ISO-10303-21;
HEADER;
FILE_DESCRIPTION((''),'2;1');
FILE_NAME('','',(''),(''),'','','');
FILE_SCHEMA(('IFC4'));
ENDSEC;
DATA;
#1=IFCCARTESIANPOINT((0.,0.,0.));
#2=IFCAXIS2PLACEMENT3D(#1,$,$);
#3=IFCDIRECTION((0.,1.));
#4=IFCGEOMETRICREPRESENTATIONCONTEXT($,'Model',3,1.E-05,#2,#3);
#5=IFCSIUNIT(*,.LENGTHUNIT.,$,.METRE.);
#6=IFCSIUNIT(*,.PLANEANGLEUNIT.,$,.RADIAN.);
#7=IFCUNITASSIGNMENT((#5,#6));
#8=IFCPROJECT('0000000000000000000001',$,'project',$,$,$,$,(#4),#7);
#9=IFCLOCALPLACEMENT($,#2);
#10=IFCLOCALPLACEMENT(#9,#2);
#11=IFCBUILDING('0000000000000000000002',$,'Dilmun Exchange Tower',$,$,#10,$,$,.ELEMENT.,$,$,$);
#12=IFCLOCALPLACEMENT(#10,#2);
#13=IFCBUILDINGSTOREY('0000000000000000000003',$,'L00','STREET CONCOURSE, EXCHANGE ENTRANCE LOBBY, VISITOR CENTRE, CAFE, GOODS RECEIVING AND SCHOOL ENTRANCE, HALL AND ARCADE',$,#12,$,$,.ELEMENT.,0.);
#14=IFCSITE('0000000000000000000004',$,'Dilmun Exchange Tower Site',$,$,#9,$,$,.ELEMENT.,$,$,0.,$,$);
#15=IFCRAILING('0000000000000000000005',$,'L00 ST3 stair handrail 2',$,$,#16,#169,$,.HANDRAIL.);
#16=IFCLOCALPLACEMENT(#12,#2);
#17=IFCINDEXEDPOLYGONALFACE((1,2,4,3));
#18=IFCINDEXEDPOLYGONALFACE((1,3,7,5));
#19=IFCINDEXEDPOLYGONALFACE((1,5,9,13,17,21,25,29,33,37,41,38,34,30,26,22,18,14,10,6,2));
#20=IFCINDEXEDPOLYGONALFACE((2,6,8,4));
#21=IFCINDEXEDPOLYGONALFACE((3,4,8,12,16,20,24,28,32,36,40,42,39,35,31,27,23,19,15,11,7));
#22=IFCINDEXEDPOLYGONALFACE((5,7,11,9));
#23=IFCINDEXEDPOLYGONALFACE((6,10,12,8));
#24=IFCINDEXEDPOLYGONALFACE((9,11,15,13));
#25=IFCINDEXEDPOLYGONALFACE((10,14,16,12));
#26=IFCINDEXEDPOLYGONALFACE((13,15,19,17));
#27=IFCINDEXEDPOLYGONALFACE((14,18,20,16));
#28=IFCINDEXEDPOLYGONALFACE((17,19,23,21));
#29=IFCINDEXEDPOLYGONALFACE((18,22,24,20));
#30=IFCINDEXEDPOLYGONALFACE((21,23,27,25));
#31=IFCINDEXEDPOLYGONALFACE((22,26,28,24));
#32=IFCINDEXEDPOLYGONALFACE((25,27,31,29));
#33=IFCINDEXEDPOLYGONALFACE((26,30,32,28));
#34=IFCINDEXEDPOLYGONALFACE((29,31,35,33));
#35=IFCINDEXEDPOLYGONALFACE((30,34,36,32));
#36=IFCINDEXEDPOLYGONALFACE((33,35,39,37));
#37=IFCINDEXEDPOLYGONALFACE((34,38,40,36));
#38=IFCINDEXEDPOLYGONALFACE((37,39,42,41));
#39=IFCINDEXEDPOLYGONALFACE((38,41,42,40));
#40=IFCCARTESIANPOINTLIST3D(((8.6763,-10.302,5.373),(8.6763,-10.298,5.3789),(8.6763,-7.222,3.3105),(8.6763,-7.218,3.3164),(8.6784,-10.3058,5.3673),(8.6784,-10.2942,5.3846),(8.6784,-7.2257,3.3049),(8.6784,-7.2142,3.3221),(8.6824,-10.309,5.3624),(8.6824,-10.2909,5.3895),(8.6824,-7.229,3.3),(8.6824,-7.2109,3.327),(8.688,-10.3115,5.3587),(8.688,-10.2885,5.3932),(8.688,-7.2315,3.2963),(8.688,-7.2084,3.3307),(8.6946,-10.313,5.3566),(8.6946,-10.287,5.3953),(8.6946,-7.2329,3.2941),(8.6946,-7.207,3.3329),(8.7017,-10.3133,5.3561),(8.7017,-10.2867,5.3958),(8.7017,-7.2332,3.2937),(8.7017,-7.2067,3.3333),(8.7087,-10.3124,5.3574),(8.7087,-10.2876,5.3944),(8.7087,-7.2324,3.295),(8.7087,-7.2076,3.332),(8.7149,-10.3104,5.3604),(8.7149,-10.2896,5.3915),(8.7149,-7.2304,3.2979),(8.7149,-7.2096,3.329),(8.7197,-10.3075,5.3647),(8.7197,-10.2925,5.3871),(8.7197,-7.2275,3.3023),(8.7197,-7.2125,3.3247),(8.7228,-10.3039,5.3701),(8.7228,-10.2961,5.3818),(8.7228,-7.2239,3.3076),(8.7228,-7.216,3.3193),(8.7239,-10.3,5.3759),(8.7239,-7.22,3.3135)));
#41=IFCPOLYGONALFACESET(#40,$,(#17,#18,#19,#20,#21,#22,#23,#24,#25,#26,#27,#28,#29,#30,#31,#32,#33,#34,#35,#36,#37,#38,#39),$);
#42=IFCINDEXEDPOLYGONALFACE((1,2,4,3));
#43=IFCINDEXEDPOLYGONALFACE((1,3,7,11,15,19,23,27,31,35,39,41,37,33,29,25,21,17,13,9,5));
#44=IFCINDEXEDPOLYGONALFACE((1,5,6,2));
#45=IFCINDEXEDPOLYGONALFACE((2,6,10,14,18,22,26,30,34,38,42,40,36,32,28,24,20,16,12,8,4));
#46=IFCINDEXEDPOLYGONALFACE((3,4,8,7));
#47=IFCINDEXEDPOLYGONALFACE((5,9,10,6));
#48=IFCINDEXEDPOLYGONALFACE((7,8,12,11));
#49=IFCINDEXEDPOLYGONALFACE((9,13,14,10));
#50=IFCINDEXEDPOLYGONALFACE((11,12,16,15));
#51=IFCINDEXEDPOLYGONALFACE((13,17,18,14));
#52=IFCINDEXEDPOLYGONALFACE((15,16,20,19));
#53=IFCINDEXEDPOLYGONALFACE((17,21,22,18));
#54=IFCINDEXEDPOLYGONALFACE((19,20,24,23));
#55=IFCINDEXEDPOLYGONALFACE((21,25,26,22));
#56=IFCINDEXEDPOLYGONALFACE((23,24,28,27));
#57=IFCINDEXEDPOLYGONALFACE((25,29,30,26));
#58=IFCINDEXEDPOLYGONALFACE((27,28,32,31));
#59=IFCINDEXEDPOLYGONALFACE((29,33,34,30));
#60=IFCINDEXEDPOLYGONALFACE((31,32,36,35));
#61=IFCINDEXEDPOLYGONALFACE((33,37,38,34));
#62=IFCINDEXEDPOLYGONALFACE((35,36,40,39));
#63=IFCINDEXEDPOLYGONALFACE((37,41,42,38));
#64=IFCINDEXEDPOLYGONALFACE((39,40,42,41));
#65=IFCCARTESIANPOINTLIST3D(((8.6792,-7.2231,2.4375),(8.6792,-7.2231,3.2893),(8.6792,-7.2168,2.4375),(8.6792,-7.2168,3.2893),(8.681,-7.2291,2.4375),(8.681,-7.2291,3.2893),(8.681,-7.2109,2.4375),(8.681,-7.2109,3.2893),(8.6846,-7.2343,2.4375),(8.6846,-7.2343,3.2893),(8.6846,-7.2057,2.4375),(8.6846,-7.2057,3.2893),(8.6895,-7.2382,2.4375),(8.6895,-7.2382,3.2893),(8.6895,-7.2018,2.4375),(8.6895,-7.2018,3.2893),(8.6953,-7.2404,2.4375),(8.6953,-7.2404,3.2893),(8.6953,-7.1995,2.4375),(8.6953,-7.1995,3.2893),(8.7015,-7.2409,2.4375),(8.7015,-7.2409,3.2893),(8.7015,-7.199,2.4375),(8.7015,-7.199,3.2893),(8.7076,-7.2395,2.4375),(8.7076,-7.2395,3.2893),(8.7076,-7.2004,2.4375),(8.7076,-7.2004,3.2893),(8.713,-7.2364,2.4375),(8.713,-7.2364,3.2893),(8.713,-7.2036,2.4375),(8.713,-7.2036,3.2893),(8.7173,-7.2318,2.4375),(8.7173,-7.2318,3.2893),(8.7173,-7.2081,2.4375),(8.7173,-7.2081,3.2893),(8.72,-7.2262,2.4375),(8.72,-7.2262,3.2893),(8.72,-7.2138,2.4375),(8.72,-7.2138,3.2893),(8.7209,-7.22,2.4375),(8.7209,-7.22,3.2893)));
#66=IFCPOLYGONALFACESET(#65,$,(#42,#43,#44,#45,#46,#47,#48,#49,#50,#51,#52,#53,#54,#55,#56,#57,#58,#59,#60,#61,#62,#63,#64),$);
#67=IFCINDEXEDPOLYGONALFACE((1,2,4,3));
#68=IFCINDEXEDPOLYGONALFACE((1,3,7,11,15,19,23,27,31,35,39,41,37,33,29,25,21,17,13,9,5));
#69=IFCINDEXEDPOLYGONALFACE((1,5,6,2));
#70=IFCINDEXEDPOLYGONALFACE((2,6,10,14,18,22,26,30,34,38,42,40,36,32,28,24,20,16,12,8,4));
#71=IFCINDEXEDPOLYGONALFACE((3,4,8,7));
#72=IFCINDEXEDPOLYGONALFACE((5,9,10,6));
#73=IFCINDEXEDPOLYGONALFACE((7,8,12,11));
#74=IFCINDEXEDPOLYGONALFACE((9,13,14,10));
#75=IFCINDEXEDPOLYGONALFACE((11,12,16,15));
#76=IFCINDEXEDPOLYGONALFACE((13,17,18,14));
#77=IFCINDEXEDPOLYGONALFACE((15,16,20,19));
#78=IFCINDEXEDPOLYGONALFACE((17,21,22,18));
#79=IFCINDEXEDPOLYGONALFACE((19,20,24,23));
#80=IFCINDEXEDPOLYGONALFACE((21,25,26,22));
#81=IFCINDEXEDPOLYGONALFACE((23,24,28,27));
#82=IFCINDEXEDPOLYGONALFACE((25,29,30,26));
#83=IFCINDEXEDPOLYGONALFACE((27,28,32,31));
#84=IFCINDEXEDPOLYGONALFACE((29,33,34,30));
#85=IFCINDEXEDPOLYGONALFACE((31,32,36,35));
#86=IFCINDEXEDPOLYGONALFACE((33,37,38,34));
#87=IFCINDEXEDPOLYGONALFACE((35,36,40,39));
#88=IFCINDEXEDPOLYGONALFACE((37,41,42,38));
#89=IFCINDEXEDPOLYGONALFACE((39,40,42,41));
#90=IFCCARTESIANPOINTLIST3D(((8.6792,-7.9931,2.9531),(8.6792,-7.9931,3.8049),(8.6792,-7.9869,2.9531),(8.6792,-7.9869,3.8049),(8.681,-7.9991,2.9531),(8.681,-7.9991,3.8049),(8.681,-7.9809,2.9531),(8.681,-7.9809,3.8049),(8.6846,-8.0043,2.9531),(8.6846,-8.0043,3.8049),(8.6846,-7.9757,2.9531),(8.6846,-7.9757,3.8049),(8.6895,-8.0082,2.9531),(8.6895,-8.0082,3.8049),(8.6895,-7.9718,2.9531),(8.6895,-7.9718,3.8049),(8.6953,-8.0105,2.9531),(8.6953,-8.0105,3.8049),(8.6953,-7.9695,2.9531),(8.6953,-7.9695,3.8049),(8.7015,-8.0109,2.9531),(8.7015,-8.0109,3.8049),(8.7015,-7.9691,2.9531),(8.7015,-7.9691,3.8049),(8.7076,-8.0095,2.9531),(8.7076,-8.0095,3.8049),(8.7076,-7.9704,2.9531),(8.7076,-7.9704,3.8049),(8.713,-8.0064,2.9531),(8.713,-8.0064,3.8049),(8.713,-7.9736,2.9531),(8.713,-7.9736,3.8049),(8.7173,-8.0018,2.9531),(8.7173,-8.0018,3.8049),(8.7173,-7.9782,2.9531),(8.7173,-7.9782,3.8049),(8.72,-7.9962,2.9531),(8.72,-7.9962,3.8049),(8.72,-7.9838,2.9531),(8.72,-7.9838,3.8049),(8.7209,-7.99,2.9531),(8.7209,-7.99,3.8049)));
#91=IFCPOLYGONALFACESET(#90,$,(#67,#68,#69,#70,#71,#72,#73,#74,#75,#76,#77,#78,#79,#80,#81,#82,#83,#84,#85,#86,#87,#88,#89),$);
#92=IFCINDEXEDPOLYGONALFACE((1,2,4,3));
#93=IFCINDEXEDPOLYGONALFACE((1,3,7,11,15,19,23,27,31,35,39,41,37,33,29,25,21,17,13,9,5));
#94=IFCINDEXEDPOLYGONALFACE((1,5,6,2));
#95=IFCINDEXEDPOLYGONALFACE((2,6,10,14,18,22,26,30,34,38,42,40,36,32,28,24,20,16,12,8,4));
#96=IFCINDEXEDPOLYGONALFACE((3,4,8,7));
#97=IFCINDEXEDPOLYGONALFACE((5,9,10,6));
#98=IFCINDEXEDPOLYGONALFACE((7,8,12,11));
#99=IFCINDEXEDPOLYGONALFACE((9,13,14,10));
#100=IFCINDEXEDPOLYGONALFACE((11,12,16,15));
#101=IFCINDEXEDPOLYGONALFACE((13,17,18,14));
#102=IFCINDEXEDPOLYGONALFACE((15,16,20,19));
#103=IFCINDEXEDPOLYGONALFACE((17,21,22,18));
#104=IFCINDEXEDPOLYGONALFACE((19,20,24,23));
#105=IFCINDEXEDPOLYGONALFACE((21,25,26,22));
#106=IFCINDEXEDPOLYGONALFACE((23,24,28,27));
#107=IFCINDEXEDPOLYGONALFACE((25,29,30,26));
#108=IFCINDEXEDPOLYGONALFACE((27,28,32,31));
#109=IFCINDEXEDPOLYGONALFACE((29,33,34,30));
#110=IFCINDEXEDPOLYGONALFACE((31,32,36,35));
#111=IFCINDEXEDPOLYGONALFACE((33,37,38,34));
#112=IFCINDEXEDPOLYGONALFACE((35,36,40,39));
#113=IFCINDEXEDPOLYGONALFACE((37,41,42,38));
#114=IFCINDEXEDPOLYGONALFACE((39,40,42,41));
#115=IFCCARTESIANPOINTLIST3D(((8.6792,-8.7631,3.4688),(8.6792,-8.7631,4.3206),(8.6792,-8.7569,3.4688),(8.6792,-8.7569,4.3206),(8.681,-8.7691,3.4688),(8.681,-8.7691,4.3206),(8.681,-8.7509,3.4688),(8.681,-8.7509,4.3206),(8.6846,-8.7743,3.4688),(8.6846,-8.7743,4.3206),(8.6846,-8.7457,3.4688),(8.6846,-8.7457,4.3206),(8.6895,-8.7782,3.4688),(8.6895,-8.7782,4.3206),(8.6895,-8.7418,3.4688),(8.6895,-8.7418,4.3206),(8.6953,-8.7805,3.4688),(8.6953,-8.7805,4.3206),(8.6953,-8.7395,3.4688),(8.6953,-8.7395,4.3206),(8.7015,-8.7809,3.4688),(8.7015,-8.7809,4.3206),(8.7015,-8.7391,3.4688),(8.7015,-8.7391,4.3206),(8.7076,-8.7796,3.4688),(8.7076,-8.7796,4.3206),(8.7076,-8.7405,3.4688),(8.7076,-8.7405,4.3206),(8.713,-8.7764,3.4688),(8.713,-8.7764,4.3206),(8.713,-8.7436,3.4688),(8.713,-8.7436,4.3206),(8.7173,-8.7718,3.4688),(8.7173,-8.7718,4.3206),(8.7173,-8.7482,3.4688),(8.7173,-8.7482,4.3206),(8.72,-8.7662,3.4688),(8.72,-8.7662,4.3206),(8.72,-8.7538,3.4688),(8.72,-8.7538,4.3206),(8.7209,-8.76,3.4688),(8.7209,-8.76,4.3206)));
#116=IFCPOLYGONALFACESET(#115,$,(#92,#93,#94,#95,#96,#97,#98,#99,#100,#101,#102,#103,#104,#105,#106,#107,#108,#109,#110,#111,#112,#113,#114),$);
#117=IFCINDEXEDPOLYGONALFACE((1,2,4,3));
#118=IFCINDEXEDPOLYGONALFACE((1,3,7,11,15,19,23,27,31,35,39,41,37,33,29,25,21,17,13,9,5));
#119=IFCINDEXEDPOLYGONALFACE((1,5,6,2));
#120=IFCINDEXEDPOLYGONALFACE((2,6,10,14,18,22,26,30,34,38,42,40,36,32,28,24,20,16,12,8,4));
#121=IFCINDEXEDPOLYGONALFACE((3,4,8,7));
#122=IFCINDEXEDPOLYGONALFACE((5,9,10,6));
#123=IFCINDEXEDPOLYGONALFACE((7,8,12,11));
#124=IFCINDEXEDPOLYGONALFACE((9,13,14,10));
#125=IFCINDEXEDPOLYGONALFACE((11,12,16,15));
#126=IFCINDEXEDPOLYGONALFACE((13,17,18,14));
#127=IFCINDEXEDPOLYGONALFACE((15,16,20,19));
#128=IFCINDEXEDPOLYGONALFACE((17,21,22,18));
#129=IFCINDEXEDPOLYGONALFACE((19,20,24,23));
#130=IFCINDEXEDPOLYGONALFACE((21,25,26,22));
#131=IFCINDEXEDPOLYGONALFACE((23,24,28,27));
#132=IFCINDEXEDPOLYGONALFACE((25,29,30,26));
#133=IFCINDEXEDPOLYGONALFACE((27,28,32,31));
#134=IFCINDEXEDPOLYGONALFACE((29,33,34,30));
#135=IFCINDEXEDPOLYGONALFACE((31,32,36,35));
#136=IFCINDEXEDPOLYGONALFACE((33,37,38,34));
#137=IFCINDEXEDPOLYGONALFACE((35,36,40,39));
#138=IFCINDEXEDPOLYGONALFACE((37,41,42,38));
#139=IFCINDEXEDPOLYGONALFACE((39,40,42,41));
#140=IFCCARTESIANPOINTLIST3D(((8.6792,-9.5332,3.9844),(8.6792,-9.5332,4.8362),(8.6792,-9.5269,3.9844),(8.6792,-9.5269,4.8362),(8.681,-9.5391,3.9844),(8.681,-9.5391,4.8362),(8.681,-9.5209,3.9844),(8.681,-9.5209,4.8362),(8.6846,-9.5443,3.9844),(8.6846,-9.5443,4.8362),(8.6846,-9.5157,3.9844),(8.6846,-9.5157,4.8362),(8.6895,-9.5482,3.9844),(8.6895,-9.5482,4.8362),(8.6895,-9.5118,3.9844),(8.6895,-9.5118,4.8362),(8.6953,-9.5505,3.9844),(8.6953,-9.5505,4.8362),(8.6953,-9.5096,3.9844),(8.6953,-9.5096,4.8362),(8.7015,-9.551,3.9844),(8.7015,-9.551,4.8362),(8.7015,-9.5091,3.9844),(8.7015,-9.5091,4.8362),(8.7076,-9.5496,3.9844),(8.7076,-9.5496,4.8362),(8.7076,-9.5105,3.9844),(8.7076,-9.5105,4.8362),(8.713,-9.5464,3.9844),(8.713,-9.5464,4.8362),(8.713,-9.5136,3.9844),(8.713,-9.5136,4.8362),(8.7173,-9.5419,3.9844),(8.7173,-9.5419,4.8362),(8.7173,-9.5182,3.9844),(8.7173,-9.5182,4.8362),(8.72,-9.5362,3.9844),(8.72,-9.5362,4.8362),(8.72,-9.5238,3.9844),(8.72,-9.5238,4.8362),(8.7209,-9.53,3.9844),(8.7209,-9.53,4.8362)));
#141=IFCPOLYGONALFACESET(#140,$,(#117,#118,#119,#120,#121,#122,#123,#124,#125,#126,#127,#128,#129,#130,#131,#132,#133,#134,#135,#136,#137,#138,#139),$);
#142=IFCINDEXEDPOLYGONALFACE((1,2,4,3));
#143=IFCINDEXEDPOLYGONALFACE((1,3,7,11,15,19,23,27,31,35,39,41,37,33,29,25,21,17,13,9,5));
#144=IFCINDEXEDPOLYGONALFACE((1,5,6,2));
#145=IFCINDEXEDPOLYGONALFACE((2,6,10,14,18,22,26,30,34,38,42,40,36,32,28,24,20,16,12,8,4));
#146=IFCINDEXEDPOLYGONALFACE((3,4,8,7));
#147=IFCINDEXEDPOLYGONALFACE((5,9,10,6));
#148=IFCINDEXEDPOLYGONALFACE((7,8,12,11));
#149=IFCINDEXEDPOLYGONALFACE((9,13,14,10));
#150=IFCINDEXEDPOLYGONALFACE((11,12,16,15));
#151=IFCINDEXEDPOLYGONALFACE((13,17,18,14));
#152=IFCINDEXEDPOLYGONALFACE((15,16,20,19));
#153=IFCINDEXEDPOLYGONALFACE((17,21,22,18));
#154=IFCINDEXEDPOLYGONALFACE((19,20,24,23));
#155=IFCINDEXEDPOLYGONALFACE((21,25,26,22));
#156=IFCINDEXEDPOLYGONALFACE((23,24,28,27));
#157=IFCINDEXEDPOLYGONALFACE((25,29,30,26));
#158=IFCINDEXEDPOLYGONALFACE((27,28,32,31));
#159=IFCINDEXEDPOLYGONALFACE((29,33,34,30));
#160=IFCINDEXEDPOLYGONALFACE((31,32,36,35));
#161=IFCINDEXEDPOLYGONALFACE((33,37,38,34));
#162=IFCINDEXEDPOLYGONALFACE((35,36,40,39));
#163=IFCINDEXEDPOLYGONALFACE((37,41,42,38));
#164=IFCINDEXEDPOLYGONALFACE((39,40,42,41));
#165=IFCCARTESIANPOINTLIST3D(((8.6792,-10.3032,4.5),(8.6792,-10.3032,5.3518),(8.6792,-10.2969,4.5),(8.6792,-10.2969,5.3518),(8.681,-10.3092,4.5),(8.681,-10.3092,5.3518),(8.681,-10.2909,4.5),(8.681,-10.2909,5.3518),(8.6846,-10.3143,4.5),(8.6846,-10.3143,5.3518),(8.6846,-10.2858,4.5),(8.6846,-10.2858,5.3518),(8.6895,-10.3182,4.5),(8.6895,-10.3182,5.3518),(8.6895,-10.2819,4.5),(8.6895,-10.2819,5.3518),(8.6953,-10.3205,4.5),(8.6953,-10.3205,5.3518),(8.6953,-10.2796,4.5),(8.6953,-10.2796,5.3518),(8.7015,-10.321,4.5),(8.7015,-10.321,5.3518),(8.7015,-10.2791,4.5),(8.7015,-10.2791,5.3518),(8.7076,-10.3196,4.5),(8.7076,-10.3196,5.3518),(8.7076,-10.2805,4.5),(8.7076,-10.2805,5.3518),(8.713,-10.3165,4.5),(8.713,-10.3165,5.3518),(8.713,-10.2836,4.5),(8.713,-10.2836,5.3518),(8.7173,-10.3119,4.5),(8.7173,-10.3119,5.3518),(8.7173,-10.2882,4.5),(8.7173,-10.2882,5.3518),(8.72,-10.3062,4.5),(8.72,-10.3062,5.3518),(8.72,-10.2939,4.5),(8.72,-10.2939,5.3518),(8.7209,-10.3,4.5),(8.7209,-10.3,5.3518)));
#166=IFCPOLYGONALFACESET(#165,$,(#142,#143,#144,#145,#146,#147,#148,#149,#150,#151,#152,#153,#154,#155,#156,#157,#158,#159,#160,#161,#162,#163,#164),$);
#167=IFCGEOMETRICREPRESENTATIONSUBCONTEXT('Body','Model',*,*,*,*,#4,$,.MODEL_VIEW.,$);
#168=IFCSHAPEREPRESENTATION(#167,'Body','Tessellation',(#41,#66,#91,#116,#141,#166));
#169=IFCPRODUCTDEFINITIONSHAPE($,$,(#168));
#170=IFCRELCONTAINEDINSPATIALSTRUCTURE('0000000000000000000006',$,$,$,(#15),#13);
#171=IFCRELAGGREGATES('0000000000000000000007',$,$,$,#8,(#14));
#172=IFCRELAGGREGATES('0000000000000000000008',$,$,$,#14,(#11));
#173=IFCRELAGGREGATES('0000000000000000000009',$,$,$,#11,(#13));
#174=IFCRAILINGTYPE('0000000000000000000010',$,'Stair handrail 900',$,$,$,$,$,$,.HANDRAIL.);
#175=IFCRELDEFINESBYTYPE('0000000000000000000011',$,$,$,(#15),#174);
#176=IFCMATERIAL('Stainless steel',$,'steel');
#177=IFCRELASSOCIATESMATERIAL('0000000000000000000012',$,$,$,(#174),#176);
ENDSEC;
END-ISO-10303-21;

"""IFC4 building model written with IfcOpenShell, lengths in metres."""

from ifc_helpers import new_model, si_unit, direction, frame, origin, origin_2d, place, context, subcontext, project, spatial, circle, extrude, material, type_object, element, save


model = new_model("IFC4")

# Units and contexts
model_context = context("Model", 3, precision=1e-05, world=origin(), true_north=direction((0.0, 1.0)))
body_context = subcontext(model_context, "Body", "Model", "MODEL_VIEW")
ifc_project = project(units=[si_unit("LENGTHUNIT", "METRE"), si_unit("PLANEANGLEUNIT", "RADIAN")], contexts=[model_context])

# Site, building, storey
site_placement = place(None, origin())
site = spatial("IfcSite", under=ifc_project, at=site_placement, Name="Dilmun Exchange Tower Site", CompositionType="ELEMENT", RefElevation=0.0)
building_placement = place(site_placement, origin())
building = spatial("IfcBuilding", under=site, at=building_placement, Name="Dilmun Exchange Tower", CompositionType="ELEMENT")
storey_placement = place(building_placement, origin())
storey = spatial("IfcBuildingStorey", under=building, at=storey_placement, Name="L00", Description="STREET CONCOURSE, EXCHANGE ENTRANCE LOBBY, VISITOR CENTRE, CAFE, GOODS RECEIVING AND SCHOOL ENTRANCE, HALL AND ARCADE", CompositionType="ELEMENT", Elevation=0.0)

# Railing
ifc_material_1 = material(Name="Stainless steel", Category="steel")
railing_type = type_object("IfcRailingType", Name="Stair handrail 900", PredefinedType="HANDRAIL", material=ifc_material_1)
railing_1_placement = place(storey_placement, frame((8.7, -7.22, 2.4375)))
element("IfcRailing", 1, at=railing_1_placement, inside=storey, type_object=railing_type, Name="L00 ST3 stair handrail 2", PredefinedType="HANDRAIL", context=body_context, shape_type="SweptSolid", body=[
    extrude(circle(Radius=0.0239, at=origin_2d()), frame((0.0, 0.0, 0.876), z_axis=(0.0, -0.830914, 0.556401), x_axis=(1.0, 0.0, 0.0)), (0.0, 0.0, 1.0), 3.7068),
    extrude(circle(Radius=0.021, at=origin_2d()), origin(), (0.0, 0.0, 1.0), 0.8518),
    extrude(circle(Radius=0.021, at=origin_2d()), frame((0.0, -0.77, 0.5156)), (0.0, 0.0, 1.0), 0.8518),
    extrude(circle(Radius=0.021, at=origin_2d()), frame((0.0, -1.54, 1.0312)), (0.0, 0.0, 1.0), 0.8518),
    extrude(circle(Radius=0.021, at=origin_2d()), frame((0.0, -2.3101, 1.5469)), (0.0, 0.0, 1.0), 0.8518),
    extrude(circle(Radius=0.021, at=origin_2d()), frame((0.0, -3.0801, 2.0625)), (0.0, 0.0, 1.0), 0.8518),
])

save(model, "model.ifc")
